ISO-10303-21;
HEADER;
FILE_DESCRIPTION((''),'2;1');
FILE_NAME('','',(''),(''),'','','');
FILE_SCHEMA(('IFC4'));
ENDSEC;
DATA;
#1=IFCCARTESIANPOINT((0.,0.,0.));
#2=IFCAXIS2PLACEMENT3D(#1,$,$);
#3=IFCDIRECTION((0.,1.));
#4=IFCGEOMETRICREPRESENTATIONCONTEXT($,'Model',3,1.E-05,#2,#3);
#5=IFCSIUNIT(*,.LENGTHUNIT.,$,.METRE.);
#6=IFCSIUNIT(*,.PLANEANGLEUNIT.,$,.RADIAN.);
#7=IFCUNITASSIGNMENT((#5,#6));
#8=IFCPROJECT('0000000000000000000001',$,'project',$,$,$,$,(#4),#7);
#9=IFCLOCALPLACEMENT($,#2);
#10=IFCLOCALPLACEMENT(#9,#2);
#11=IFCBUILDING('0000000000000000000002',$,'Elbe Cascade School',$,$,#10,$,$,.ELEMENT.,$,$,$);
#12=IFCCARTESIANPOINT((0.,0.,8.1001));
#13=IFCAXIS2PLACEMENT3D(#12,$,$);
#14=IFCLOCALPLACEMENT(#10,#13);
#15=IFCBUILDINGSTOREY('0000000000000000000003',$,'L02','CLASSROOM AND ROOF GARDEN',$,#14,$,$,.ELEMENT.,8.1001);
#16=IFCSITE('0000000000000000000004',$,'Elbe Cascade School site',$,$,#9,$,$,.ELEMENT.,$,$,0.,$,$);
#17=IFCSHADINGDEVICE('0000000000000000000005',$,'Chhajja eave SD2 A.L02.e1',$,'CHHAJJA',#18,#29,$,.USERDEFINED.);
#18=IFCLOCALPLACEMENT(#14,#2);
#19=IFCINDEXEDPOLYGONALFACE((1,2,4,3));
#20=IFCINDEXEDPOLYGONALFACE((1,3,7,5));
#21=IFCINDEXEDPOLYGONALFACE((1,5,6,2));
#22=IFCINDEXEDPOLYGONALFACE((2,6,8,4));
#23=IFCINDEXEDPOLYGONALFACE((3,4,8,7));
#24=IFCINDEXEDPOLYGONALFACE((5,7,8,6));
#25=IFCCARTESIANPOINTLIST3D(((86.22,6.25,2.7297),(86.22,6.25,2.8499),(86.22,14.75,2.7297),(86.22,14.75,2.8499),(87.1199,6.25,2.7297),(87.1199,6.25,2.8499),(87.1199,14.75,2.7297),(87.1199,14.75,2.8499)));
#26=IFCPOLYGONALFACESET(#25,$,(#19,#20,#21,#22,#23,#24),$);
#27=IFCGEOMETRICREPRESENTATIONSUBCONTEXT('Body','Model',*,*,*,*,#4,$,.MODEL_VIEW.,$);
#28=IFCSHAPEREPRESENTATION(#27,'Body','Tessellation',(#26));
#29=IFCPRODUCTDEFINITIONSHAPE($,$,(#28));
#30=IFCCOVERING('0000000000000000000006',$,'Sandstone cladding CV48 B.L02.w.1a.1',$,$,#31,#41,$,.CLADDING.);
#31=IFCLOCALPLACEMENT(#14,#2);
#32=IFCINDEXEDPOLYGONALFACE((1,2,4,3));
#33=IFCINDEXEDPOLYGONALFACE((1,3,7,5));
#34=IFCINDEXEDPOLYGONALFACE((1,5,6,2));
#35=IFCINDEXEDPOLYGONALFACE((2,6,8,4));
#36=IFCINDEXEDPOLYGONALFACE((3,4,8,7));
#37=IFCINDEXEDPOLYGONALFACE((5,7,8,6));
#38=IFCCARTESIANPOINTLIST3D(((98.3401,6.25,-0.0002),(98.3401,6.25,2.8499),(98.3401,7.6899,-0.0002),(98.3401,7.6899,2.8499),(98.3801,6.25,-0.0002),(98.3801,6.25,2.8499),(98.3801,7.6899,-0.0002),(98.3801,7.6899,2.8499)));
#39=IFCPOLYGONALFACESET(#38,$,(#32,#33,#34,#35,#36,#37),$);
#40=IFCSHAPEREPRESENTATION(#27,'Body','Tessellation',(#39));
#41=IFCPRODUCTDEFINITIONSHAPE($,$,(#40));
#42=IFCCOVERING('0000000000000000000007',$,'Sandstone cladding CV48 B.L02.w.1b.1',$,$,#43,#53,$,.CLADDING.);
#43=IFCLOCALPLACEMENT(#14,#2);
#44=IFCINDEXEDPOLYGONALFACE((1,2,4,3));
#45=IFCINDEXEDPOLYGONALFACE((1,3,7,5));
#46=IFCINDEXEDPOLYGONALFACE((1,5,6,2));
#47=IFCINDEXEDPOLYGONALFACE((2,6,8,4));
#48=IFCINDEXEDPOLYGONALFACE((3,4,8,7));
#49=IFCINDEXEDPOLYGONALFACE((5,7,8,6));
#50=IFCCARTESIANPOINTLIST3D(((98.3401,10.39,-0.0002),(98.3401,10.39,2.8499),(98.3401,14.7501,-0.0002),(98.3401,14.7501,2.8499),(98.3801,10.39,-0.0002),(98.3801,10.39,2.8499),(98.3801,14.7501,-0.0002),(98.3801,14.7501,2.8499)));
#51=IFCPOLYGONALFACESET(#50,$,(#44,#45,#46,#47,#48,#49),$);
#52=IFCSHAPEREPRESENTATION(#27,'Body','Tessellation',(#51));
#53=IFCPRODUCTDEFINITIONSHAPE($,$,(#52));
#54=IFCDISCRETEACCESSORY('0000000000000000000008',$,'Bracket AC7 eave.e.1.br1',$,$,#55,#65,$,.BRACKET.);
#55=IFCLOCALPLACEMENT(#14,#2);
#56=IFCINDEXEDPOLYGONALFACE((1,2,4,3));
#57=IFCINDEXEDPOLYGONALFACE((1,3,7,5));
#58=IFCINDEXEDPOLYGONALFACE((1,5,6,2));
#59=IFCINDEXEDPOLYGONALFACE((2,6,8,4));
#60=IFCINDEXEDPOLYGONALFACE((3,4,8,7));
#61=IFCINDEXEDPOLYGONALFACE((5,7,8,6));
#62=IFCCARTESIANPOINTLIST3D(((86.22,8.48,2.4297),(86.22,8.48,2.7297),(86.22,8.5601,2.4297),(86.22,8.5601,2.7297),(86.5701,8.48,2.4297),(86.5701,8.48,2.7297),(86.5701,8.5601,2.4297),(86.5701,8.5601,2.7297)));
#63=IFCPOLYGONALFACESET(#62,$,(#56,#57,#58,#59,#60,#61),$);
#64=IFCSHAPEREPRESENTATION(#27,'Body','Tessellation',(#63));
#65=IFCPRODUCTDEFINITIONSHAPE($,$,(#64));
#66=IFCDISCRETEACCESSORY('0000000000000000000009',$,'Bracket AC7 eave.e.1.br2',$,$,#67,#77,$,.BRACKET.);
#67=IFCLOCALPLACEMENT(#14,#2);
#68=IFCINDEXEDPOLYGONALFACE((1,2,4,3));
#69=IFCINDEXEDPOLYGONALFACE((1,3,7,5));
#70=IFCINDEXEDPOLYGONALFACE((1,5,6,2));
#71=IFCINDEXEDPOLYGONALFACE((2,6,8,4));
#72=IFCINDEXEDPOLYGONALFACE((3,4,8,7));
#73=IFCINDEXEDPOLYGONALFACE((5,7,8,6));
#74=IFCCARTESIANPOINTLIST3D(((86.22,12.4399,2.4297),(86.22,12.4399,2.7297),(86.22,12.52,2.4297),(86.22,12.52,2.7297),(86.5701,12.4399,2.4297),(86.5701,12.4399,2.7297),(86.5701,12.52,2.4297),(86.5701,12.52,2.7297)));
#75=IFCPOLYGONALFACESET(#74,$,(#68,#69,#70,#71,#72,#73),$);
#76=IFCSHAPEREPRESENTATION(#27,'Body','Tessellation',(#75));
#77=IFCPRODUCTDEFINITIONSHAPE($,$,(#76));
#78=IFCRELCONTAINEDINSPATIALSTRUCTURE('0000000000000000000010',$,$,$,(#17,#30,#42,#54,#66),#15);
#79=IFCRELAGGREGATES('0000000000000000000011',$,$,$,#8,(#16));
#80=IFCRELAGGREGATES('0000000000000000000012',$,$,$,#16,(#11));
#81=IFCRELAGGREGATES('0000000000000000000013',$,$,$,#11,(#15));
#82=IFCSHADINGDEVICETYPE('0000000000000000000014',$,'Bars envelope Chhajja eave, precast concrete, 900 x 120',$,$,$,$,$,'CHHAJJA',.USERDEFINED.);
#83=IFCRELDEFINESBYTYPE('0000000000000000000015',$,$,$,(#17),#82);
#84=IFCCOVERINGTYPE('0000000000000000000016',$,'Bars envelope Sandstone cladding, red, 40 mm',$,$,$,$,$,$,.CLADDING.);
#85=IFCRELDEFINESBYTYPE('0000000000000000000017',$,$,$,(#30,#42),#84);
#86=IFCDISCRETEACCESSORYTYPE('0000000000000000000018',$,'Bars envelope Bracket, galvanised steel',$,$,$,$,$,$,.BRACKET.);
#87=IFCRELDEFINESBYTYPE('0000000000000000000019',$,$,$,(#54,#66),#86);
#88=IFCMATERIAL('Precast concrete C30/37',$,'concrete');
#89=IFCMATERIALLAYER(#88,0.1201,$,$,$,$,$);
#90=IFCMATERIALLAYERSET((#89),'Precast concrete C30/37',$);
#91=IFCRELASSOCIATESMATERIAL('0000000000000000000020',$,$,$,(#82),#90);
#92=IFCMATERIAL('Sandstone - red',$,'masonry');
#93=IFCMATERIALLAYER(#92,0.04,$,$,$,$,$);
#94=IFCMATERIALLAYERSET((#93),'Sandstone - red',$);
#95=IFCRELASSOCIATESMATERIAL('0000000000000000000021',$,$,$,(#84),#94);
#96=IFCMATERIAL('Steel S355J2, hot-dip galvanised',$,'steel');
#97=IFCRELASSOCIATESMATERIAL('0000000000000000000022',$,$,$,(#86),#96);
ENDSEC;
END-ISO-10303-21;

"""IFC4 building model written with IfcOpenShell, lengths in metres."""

from ifc_helpers import new_model, si_unit, direction, frame, origin, origin_2d, place, context, subcontext, project, spatial, rectangle, extrude, material, layer, layer_set, type_object, element, save


model = new_model("IFC4")

# Units and contexts
model_context = context("Model", 3, precision=1e-05, world=origin(), true_north=direction((0.0, 1.0)))
body_context = subcontext(model_context, "Body", "Model", "MODEL_VIEW")
ifc_project = project(units=[si_unit("LENGTHUNIT", "METRE"), si_unit("PLANEANGLEUNIT", "RADIAN")], contexts=[model_context])

# Site, building, storey
site_placement = place(None, origin())
site = spatial("IfcSite", under=ifc_project, at=site_placement, Name="Elbe Cascade School site", CompositionType="ELEMENT", RefElevation=0.0)
building_placement = place(site_placement, origin())
building = spatial("IfcBuilding", under=site, at=building_placement, Name="Elbe Cascade School", CompositionType="ELEMENT")
storey_placement = place(building_placement, frame((0.0, 0.0, 8.1001)))
storey = spatial("IfcBuildingStorey", under=building, at=storey_placement, Name="L02", Description="CLASSROOM AND ROOF GARDEN", CompositionType="ELEMENT", Elevation=8.1001)

# Shading device
ifc_material_1 = material(Name="Precast concrete C30/37", Category="concrete")
ifc_layer_1 = layer(ifc_material_1, 0.1201)
ifc_layer_set_1 = layer_set([ifc_layer_1], Name="Precast concrete C30/37")
shading_device_type = type_object("IfcShadingDeviceType", Name="Bars envelope Chhajja eave, precast concrete, 900 x 120", ElementType="CHHAJJA", PredefinedType="USERDEFINED", material=ifc_layer_set_1)
shading_device_placement = place(storey_placement, frame((86.6699, 10.5, 2.7297), z_axis=(0.0, 0.0, 1.0), x_axis=(0.0, 1.0, 0.0)))
element("IfcShadingDevice", 1, at=shading_device_placement, inside=storey, type_object=shading_device_type, Name="Chhajja eave SD2 A.L02.e1", ObjectType="CHHAJJA", PredefinedType="USERDEFINED", context=body_context, shape_type="SweptSolid", body=[
    extrude(rectangle(XDim=8.5, YDim=0.8999, at=origin_2d()), origin(), (0.0, 0.0, 1.0), 0.1201),
])

# Coverings
ifc_material_2 = material(Name="Sandstone - red", Category="masonry")
ifc_layer_2 = layer(ifc_material_2, 0.04)
ifc_layer_set_2 = layer_set([ifc_layer_2], Name="Sandstone - red")
covering_type = type_object("IfcCoveringType", Name="Bars envelope Sandstone cladding, red, 40 mm", PredefinedType="CLADDING", material=ifc_layer_set_2)
covering_1_placement = place(storey_placement, frame((98.3601, 6.97, -0.0002), z_axis=(0.0, 0.0, 1.0), x_axis=(0.0, 1.0, 0.0)))
element("IfcCovering", 2, at=covering_1_placement, inside=storey, type_object=covering_type, Name="Sandstone cladding CV48 B.L02.w.1a.1", PredefinedType="CLADDING", context=body_context, shape_type="SweptSolid", body=[
    extrude(rectangle(XDim=1.4399, YDim=0.04, at=origin_2d()), origin(), (0.0, 0.0, 1.0), 2.8501),
])
covering_2_placement = place(storey_placement, frame((98.3601, 12.5701, -0.0002), z_axis=(0.0, 0.0, 1.0), x_axis=(0.0, 1.0, 0.0)))
element("IfcCovering", 3, at=covering_2_placement, inside=storey, type_object=covering_type, Name="Sandstone cladding CV48 B.L02.w.1b.1", PredefinedType="CLADDING", context=body_context, shape_type="SweptSolid", body=[
    extrude(rectangle(XDim=4.3601, YDim=0.04, at=origin_2d()), origin(), (0.0, 0.0, 1.0), 2.8501),
])

# Discrete accessories
ifc_material_3 = material(Name="Steel S355J2, hot-dip galvanised", Category="steel")
discrete_accessory_type = type_object("IfcDiscreteAccessoryType", Name="Bars envelope Bracket, galvanised steel", PredefinedType="BRACKET", material=ifc_material_3)
for number, where, z_axis, x_axis, name in (
    (4, (86.395, 8.52, 2.4297), (0.0, 0.0, 1.0), (0.0, 1.0, 0.0), "Bracket AC7 eave.e.1.br1"),
    (5, (86.395, 12.48, 2.4297), (0.0, 0.0, 1.0), (0.0, 1.0, 0.0), "Bracket AC7 eave.e.1.br2"),
):
    element("IfcDiscreteAccessory", number, at=place(storey_placement, frame(where, z_axis=z_axis, x_axis=x_axis)), inside=storey, type_object=discrete_accessory_type, Name=name, PredefinedType="BRACKET", context=body_context, shape_type="SweptSolid", body=[
        extrude(rectangle(XDim=0.0801, YDim=0.3501, at=origin_2d()), origin(), (0.0, 0.0, 1.0), 0.3),
    ])

save(model, "model.ifc")
